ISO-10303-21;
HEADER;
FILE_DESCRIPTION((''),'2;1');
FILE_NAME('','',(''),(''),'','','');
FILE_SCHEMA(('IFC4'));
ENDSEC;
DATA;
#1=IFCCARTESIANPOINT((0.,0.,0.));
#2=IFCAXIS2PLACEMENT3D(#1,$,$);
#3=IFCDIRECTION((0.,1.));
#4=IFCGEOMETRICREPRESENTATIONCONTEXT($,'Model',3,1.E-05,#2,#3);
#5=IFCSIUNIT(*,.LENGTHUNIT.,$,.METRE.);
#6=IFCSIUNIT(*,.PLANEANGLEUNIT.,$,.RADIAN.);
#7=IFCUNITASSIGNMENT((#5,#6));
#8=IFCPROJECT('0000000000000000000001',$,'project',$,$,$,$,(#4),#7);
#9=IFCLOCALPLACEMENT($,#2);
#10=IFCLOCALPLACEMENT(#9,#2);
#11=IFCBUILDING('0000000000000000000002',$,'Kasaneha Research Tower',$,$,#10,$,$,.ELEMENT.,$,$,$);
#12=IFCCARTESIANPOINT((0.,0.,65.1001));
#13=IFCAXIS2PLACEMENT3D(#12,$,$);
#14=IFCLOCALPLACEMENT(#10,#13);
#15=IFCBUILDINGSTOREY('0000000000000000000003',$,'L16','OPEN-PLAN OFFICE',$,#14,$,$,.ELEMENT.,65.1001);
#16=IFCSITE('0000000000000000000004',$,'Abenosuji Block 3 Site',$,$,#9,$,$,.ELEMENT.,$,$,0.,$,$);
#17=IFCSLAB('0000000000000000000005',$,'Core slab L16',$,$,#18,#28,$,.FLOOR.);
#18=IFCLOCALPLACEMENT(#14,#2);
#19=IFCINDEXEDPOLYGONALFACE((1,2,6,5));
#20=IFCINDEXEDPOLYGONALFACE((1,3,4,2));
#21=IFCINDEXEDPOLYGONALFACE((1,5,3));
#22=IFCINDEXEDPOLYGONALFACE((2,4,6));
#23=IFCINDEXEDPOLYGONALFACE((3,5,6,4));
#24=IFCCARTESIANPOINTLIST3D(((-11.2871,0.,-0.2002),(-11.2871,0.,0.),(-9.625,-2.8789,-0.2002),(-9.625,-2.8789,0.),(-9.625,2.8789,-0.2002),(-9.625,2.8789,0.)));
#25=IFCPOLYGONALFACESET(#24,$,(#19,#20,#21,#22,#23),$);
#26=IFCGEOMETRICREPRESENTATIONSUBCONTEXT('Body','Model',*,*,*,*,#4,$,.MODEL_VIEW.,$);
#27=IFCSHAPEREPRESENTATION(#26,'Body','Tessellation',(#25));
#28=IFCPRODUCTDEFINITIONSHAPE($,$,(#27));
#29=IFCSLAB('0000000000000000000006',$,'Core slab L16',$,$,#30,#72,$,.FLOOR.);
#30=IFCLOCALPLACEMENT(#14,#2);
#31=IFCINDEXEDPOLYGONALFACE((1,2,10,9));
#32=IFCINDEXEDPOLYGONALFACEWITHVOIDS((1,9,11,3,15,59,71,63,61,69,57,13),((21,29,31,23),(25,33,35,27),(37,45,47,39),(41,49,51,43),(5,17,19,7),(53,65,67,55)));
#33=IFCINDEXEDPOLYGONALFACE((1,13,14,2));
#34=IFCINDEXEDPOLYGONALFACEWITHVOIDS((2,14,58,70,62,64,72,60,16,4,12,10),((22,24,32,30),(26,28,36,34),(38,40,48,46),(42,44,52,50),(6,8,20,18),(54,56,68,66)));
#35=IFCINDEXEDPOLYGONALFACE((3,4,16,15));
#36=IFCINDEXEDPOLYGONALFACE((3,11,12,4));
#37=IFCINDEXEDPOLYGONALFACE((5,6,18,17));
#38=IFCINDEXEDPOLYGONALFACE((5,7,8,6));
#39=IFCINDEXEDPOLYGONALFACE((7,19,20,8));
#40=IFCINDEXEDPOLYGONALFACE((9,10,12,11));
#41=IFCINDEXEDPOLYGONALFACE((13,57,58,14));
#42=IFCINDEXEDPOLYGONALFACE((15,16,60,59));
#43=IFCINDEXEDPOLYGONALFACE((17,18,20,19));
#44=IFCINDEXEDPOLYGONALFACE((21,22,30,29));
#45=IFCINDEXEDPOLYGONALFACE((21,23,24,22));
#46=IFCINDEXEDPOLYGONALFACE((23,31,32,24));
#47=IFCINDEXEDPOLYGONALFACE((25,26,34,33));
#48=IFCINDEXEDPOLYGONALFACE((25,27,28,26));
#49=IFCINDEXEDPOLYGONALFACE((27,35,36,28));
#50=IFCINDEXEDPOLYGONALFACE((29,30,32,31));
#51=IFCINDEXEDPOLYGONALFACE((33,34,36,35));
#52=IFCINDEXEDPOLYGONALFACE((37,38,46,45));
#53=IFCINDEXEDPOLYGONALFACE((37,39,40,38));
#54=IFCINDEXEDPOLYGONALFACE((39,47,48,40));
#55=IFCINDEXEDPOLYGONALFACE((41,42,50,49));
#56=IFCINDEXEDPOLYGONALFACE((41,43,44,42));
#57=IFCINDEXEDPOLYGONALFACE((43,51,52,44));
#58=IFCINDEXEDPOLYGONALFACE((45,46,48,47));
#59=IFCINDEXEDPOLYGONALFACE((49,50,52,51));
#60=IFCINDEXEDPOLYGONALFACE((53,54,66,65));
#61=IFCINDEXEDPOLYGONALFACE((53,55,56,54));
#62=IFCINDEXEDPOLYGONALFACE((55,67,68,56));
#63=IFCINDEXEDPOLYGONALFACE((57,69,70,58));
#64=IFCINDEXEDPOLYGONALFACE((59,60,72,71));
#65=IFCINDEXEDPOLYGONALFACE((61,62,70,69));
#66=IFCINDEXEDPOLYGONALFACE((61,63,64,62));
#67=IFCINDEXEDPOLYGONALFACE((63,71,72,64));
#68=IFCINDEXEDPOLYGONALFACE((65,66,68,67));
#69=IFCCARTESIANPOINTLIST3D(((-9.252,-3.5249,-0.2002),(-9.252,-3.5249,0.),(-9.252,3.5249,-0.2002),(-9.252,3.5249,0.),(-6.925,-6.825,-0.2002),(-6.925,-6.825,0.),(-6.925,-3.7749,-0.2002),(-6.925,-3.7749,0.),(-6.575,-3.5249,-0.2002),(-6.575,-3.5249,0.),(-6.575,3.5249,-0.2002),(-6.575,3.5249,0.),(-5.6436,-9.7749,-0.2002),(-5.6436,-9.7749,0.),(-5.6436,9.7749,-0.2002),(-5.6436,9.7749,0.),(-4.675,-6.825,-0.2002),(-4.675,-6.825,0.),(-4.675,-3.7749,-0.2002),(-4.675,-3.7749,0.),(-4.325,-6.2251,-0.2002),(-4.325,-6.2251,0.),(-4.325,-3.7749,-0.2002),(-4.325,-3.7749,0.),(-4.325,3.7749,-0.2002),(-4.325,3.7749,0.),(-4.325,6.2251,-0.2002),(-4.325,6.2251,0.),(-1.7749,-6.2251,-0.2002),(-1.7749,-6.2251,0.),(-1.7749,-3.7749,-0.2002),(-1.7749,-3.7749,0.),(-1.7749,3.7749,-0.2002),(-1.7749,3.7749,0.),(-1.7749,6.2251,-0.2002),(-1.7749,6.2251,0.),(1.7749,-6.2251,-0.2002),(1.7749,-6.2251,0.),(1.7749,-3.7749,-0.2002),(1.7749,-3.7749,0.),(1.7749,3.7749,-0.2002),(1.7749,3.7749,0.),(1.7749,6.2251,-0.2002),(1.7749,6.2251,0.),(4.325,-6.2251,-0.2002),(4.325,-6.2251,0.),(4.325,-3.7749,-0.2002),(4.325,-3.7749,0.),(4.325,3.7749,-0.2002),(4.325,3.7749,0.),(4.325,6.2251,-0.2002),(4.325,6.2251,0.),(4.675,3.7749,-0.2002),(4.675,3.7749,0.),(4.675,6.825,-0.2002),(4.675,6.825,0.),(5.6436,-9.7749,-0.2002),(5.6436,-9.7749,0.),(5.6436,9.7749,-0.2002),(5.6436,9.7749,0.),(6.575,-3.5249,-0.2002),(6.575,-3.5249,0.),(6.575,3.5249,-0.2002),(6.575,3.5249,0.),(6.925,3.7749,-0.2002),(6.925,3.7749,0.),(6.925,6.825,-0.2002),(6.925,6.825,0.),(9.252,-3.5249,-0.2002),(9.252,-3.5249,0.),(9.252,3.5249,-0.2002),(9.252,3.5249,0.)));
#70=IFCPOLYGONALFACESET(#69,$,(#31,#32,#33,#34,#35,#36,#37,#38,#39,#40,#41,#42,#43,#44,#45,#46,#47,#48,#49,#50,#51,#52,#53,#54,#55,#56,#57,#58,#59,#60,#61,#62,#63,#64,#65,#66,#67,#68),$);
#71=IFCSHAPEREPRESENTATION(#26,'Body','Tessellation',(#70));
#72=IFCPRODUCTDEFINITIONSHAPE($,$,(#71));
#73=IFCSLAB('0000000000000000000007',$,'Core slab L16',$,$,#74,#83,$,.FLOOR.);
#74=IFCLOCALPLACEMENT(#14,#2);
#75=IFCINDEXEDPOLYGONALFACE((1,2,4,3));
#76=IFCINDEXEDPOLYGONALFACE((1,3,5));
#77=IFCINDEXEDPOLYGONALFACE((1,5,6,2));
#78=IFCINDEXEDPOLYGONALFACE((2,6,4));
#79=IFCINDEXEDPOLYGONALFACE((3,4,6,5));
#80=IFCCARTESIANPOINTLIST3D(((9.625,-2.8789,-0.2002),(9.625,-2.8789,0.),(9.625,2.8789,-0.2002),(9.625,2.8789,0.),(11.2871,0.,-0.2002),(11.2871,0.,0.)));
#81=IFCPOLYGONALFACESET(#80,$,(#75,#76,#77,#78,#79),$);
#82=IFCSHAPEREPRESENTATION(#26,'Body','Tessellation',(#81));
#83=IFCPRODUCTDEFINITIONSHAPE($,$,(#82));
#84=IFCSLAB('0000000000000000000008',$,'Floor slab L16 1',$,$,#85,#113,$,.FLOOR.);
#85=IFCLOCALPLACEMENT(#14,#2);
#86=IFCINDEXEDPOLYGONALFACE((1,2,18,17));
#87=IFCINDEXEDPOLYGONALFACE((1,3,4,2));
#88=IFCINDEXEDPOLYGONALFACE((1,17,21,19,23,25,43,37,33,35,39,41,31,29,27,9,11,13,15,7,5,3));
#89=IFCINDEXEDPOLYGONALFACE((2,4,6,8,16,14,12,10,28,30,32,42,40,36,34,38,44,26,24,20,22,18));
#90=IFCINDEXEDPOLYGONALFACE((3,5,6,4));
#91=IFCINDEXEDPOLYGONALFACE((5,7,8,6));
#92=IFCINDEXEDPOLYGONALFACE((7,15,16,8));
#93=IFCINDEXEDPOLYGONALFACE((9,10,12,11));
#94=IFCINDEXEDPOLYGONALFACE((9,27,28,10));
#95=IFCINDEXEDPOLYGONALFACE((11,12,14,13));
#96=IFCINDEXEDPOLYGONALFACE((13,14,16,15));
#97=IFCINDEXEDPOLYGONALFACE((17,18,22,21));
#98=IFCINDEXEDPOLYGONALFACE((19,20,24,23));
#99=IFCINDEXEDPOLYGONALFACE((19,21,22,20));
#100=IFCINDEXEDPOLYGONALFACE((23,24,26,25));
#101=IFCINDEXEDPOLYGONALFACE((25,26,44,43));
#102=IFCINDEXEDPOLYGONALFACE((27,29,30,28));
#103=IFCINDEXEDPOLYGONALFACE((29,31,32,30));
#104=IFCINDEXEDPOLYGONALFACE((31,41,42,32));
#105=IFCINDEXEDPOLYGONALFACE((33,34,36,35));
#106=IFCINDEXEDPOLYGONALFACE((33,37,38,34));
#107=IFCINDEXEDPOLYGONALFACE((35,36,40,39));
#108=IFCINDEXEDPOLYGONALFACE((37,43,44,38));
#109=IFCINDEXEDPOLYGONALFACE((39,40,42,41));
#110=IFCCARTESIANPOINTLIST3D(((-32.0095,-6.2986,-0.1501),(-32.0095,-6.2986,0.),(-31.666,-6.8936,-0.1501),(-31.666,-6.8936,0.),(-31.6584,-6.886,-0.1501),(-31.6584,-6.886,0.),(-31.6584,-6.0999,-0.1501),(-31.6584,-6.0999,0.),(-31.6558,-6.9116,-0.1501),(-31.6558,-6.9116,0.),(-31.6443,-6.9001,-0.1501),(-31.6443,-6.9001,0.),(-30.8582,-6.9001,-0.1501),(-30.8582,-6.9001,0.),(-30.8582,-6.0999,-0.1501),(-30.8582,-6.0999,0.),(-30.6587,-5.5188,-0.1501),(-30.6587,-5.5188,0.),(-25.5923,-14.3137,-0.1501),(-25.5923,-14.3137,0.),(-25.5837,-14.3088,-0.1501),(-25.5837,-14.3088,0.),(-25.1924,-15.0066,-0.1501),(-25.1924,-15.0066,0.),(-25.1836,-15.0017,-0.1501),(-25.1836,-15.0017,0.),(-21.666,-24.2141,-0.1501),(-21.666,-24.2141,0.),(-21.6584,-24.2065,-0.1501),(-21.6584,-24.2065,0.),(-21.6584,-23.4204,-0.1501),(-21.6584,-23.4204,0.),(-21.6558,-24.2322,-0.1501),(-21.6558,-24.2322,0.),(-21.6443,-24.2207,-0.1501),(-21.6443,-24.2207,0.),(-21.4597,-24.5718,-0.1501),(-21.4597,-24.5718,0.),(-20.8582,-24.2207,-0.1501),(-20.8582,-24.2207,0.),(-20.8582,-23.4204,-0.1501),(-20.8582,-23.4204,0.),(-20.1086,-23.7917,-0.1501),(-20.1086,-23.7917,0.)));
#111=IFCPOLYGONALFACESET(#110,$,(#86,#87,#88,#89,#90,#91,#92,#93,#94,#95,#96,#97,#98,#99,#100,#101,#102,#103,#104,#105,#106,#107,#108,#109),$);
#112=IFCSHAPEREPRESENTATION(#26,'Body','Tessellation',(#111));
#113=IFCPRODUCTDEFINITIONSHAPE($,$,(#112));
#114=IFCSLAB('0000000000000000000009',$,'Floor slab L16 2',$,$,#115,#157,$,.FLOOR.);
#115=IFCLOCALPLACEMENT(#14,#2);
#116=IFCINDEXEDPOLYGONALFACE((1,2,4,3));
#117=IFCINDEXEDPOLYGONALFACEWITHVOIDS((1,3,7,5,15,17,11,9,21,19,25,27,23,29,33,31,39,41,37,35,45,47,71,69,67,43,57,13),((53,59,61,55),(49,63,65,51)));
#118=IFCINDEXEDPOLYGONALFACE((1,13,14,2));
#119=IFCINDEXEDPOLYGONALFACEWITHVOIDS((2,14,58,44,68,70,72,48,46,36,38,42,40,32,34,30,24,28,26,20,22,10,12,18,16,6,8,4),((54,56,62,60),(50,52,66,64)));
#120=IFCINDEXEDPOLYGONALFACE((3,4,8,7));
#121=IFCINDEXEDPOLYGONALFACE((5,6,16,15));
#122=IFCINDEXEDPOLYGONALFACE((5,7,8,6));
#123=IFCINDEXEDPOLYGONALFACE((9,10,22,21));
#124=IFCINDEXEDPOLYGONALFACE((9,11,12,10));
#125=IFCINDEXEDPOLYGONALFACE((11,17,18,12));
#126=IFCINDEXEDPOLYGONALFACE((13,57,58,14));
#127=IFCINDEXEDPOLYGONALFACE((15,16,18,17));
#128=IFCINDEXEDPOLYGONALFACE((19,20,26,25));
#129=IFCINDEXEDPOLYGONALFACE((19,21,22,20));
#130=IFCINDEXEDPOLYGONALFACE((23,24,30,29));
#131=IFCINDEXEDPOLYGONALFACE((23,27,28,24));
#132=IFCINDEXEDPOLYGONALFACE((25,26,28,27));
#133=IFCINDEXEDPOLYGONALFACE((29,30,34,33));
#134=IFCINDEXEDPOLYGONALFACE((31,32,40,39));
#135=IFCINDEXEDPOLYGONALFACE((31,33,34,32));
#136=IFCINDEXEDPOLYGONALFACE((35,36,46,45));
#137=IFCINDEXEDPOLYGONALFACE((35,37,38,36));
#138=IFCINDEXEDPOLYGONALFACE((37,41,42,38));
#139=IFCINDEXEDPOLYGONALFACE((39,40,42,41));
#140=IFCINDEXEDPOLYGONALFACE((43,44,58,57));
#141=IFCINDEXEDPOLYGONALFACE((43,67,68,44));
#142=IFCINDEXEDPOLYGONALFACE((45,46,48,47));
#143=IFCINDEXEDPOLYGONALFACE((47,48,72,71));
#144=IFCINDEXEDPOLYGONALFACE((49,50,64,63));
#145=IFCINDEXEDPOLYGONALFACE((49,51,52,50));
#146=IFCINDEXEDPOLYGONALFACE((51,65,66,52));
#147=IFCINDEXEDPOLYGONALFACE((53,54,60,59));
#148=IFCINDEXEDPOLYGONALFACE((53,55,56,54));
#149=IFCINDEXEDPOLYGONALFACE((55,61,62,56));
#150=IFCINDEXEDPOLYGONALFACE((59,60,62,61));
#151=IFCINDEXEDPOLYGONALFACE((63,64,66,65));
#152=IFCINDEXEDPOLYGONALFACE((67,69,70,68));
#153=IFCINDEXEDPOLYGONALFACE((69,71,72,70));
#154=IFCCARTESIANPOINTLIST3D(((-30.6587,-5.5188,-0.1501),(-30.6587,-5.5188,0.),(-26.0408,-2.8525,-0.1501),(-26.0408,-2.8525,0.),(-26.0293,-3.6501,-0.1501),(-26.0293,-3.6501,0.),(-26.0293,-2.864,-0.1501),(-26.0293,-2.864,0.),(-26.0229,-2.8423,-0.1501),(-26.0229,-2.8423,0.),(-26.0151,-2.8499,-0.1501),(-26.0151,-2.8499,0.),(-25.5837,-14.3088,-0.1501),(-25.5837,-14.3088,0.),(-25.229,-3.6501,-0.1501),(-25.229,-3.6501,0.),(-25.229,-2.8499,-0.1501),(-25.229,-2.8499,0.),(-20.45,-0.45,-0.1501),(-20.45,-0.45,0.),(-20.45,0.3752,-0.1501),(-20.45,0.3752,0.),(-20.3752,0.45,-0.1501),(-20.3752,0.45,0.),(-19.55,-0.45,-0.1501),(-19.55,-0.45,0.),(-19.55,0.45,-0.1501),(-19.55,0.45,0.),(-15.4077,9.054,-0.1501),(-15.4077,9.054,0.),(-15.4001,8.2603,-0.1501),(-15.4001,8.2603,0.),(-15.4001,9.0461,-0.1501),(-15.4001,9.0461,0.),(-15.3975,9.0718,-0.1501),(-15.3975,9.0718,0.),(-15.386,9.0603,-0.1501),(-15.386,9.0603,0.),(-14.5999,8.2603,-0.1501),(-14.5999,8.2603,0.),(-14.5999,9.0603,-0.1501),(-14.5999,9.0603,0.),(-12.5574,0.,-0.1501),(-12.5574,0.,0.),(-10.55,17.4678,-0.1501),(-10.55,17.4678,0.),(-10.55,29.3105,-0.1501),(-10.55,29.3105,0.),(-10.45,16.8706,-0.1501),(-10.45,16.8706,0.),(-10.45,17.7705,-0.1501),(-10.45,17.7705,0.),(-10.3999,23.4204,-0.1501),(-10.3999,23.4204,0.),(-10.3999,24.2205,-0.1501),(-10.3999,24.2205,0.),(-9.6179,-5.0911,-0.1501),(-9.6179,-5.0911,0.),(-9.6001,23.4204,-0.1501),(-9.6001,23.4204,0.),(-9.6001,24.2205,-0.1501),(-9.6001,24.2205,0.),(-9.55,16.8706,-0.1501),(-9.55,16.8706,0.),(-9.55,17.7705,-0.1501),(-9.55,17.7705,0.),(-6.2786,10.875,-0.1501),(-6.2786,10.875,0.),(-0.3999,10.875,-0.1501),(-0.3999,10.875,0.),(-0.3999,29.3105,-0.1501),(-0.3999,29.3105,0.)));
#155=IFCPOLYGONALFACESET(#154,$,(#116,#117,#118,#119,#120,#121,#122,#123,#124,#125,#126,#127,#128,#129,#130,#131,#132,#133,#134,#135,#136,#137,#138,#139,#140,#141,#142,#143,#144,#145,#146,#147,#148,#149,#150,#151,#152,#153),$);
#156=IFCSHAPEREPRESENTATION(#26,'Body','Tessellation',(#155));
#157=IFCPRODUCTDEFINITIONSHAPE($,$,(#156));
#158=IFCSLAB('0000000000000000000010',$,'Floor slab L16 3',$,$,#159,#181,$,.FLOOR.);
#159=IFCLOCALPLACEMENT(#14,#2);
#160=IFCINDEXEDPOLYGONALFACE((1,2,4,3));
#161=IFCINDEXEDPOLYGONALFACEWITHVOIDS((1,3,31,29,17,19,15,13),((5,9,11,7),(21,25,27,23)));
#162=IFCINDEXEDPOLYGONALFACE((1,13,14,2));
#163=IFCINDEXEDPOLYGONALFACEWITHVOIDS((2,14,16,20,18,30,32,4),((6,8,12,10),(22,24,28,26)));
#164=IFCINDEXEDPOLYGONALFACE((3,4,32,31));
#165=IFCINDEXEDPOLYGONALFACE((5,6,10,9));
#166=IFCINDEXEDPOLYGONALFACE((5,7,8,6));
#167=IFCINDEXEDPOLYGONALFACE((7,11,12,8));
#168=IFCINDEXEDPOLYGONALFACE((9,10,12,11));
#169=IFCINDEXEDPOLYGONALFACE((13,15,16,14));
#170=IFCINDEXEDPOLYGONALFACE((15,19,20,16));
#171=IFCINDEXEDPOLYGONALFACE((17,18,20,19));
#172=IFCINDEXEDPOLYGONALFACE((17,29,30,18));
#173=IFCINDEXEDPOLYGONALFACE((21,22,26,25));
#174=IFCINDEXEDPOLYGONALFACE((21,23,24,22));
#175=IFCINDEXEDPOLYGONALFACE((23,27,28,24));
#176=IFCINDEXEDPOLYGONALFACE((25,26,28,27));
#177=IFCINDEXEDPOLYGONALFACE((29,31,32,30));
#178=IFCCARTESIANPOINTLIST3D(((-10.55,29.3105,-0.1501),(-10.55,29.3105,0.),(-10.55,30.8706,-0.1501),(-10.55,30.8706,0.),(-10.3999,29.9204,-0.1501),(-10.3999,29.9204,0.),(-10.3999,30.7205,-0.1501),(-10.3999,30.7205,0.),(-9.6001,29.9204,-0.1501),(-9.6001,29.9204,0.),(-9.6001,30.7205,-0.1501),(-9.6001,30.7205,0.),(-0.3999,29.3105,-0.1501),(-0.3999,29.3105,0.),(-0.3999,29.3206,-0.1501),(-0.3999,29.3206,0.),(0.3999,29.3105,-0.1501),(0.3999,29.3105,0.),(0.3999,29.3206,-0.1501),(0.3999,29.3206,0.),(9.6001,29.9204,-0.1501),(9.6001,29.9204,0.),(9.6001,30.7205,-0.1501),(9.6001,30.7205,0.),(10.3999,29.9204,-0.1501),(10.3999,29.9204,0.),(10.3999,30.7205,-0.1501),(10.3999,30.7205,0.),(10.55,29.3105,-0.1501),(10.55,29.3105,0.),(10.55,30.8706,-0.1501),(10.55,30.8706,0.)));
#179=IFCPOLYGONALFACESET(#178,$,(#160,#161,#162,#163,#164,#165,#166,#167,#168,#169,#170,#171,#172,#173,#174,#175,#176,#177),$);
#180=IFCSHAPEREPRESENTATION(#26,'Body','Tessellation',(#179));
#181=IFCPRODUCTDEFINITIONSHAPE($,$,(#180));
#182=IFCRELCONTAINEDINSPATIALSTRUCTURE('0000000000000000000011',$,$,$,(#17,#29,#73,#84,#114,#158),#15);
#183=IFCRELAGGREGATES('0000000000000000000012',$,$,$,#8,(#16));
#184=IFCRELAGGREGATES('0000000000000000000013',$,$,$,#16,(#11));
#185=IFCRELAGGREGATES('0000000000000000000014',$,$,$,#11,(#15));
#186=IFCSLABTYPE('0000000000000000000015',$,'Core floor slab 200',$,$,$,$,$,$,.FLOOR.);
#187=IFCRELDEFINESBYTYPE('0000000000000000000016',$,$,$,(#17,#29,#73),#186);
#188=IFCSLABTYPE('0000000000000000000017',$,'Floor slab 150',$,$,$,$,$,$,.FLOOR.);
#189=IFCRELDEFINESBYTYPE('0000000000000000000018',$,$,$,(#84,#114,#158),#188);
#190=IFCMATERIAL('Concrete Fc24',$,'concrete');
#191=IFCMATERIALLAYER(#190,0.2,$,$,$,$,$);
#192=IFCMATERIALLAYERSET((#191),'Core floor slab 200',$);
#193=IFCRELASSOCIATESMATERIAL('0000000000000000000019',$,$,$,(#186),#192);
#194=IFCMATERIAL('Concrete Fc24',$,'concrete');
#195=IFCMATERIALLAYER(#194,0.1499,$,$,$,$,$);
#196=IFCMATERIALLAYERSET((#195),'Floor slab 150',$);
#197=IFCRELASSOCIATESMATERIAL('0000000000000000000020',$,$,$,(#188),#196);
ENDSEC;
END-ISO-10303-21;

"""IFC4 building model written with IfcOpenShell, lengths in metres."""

from ifc_helpers import new_model, si_unit, direction, frame, origin, place, context, subcontext, project, spatial, polyline, outline, extrude, material, layer, layer_set, type_object, element, save


model = new_model("IFC4")

# Units and contexts
model_context = context("Model", 3, precision=1e-05, world=origin(), true_north=direction((0.0, 1.0)))
body_context = subcontext(model_context, "Body", "Model", "MODEL_VIEW")
ifc_project = project(units=[si_unit("LENGTHUNIT", "METRE"), si_unit("PLANEANGLEUNIT", "RADIAN")], contexts=[model_context])

# Site, building, storey
site_placement = place(None, origin())
site = spatial("IfcSite", under=ifc_project, at=site_placement, Name="Abenosuji Block 3 Site", CompositionType="ELEMENT", RefElevation=0.0)
building_placement = place(site_placement, origin())
building = spatial("IfcBuilding", under=site, at=building_placement, Name="Kasaneha Research Tower", CompositionType="ELEMENT")
storey_placement = place(building_placement, frame((0.0, 0.0, 65.1001)))
storey = spatial("IfcBuildingStorey", under=building, at=storey_placement, Name="L16", Description="OPEN-PLAN OFFICE", CompositionType="ELEMENT", Elevation=65.1001)

# Slabs
ifc_material_1 = material(Name="Concrete Fc24", Category="concrete")
ifc_layer_1 = layer(ifc_material_1, 0.2)
ifc_layer_set_1 = layer_set([ifc_layer_1], Name="Core floor slab 200")
slab_type_1 = type_object("IfcSlabType", Name="Core floor slab 200", PredefinedType="FLOOR", material=ifc_layer_set_1)
slab_1_placement = place(storey_placement, frame((0.0, 0.0, -0.2002)))
element("IfcSlab", 1, at=slab_1_placement, inside=storey, type_object=slab_type_1, Name="Core slab L16", PredefinedType="FLOOR", context=body_context, shape_type="SweptSolid", body=[
    extrude(outline(polyline([(-11.2871, 0.0), (-9.625, 2.8789), (-9.625, -2.8789), (-11.2871, 0.0)])), origin(), (0.0, 0.0, 1.0), 0.2002),
])
slab_2_placement = place(storey_placement, frame((0.0, 0.0, -0.2002)))
element("IfcSlab", 2, at=slab_2_placement, inside=storey, type_object=slab_type_1, Name="Core slab L16", PredefinedType="FLOOR", context=body_context, shape_type="SweptSolid", body=[
    extrude(outline(polyline([(-5.6436, 9.7749), (5.6436, 9.7749), (9.252, 3.5249), (6.575, 3.5249), (6.575, -3.5249), (9.252, -3.5249), (5.6436, -9.7749), (-5.6436, -9.7749), (-9.252, -3.5249), (-6.575, -3.5249), (-6.575, 3.5249), (-9.252, 3.5249), (-5.6436, 9.7749)]), holes=[polyline([(-6.925, -3.7749), (-6.925, -6.825), (-4.675, -6.825), (-4.675, -3.7749), (-6.925, -3.7749)]), polyline([(-4.325, -3.7749), (-4.325, -6.2251), (-1.7749, -6.2251), (-1.7749, -3.7749), (-4.325, -3.7749)]), polyline([(1.7749, -3.7749), (1.7749, -6.2251), (4.325, -6.2251), (4.325, -3.7749), (1.7749, -3.7749)]), polyline([(-4.325, 6.2251), (-4.325, 3.7749), (-1.7749, 3.7749), (-1.7749, 6.2251), (-4.325, 6.2251)]), polyline([(1.7749, 6.2251), (1.7749, 3.7749), (4.325, 3.7749), (4.325, 6.2251), (1.7749, 6.2251)]), polyline([(4.675, 6.825), (4.675, 3.7749), (6.925, 3.7749), (6.925, 6.825), (4.675, 6.825)])]), origin(), (0.0, 0.0, 1.0), 0.2002),
])
slab_3_placement = place(storey_placement, frame((0.0, 0.0, -0.2002)))
element("IfcSlab", 3, at=slab_3_placement, inside=storey, type_object=slab_type_1, Name="Core slab L16", PredefinedType="FLOOR", context=body_context, shape_type="SweptSolid", body=[
    extrude(outline(polyline([(11.2871, 0.0), (9.625, -2.8789), (9.625, 2.8789), (11.2871, 0.0)])), origin(), (0.0, 0.0, 1.0), 0.2002),
])
ifc_material_2 = material(Name="Concrete Fc24", Category="concrete")
ifc_layer_2 = layer(ifc_material_2, 0.1499)
ifc_layer_set_2 = layer_set([ifc_layer_2], Name="Floor slab 150")
slab_type_2 = type_object("IfcSlabType", Name="Floor slab 150", PredefinedType="FLOOR", material=ifc_layer_set_2)
slab_4_placement = place(storey_placement, frame((0.0, 0.0, -0.1501)))
element("IfcSlab", 4, at=slab_4_placement, inside=storey, type_object=slab_type_2, Name="Floor slab L16 1", PredefinedType="FLOOR", context=body_context, shape_type="SweptSolid", body=[
    extrude(outline(polyline([(-25.1924, -15.0066), (-25.1836, -15.0017), (-20.1086, -23.7917), (-21.4597, -24.5718), (-21.6558, -24.2322), (-21.6443, -24.2207), (-20.8582, -24.2207), (-20.8582, -23.4204), (-21.6584, -23.4204), (-21.6584, -24.2065), (-21.666, -24.2141), (-31.6558, -6.9116), (-31.6443, -6.9001), (-30.8582, -6.9001), (-30.8582, -6.0999), (-31.6584, -6.0999), (-31.6584, -6.886), (-31.666, -6.8936), (-32.0095, -6.2986), (-30.6587, -5.5188), (-25.5837, -14.3088), (-25.5923, -14.3137), (-25.1924, -15.0066)])), origin(), (0.0, 0.0, 1.0), 0.1501),
])
slab_5_placement = place(storey_placement, frame((0.0, 0.0, -0.1501)))
element("IfcSlab", 5, at=slab_5_placement, inside=storey, type_object=slab_type_2, Name="Floor slab L16 2", PredefinedType="FLOOR", context=body_context, shape_type="SweptSolid", body=[
    extrude(outline(polyline([(-20.3752, 0.45), (-15.4077, 9.054), (-15.4001, 9.0461), (-15.4001, 8.2603), (-14.5999, 8.2603), (-14.5999, 9.0603), (-15.386, 9.0603), (-15.3975, 9.0718), (-10.55, 17.4678), (-10.55, 29.3105), (-0.3999, 29.3105), (-0.3999, 10.875), (-6.2786, 10.875), (-12.5574, 0.0), (-9.6179, -5.0911), (-25.5837, -14.3088), (-30.6587, -5.5188), (-26.0408, -2.8525), (-26.0293, -2.864), (-26.0293, -3.6501), (-25.229, -3.6501), (-25.229, -2.8499), (-26.0151, -2.8499), (-26.0229, -2.8423), (-20.45, 0.3752), (-20.45, -0.45), (-19.55, -0.45), (-19.55, 0.45), (-20.3752, 0.45)]), holes=[polyline([(-9.55, 17.7705), (-10.45, 17.7705), (-10.45, 16.8706), (-9.55, 16.8706), (-9.55, 17.7705)]), polyline([(-9.6001, 23.4204), (-9.6001, 24.2205), (-10.3999, 24.2205), (-10.3999, 23.4204), (-9.6001, 23.4204)])]), origin(), (0.0, 0.0, 1.0), 0.1501),
])
slab_6_placement = place(storey_placement, frame((0.0, 0.0, -0.1501)))
element("IfcSlab", 6, at=slab_6_placement, inside=storey, type_object=slab_type_2, Name="Floor slab L16 3", PredefinedType="FLOOR", context=body_context, shape_type="SweptSolid", body=[
    extrude(outline(polyline([(10.55, 29.3105), (0.3999, 29.3105), (0.3999, 29.3206), (-0.3999, 29.3206), (-0.3999, 29.3105), (-10.55, 29.3105), (-10.55, 30.8706), (10.55, 30.8706), (10.55, 29.3105)]), holes=[polyline([(-9.6001, 30.7205), (-10.3999, 30.7205), (-10.3999, 29.9204), (-9.6001, 29.9204), (-9.6001, 30.7205)]), polyline([(10.3999, 29.9204), (10.3999, 30.7205), (9.6001, 30.7205), (9.6001, 29.9204), (10.3999, 29.9204)])]), origin(), (0.0, 0.0, 1.0), 0.1501),
])

save(model, "model.ifc")
